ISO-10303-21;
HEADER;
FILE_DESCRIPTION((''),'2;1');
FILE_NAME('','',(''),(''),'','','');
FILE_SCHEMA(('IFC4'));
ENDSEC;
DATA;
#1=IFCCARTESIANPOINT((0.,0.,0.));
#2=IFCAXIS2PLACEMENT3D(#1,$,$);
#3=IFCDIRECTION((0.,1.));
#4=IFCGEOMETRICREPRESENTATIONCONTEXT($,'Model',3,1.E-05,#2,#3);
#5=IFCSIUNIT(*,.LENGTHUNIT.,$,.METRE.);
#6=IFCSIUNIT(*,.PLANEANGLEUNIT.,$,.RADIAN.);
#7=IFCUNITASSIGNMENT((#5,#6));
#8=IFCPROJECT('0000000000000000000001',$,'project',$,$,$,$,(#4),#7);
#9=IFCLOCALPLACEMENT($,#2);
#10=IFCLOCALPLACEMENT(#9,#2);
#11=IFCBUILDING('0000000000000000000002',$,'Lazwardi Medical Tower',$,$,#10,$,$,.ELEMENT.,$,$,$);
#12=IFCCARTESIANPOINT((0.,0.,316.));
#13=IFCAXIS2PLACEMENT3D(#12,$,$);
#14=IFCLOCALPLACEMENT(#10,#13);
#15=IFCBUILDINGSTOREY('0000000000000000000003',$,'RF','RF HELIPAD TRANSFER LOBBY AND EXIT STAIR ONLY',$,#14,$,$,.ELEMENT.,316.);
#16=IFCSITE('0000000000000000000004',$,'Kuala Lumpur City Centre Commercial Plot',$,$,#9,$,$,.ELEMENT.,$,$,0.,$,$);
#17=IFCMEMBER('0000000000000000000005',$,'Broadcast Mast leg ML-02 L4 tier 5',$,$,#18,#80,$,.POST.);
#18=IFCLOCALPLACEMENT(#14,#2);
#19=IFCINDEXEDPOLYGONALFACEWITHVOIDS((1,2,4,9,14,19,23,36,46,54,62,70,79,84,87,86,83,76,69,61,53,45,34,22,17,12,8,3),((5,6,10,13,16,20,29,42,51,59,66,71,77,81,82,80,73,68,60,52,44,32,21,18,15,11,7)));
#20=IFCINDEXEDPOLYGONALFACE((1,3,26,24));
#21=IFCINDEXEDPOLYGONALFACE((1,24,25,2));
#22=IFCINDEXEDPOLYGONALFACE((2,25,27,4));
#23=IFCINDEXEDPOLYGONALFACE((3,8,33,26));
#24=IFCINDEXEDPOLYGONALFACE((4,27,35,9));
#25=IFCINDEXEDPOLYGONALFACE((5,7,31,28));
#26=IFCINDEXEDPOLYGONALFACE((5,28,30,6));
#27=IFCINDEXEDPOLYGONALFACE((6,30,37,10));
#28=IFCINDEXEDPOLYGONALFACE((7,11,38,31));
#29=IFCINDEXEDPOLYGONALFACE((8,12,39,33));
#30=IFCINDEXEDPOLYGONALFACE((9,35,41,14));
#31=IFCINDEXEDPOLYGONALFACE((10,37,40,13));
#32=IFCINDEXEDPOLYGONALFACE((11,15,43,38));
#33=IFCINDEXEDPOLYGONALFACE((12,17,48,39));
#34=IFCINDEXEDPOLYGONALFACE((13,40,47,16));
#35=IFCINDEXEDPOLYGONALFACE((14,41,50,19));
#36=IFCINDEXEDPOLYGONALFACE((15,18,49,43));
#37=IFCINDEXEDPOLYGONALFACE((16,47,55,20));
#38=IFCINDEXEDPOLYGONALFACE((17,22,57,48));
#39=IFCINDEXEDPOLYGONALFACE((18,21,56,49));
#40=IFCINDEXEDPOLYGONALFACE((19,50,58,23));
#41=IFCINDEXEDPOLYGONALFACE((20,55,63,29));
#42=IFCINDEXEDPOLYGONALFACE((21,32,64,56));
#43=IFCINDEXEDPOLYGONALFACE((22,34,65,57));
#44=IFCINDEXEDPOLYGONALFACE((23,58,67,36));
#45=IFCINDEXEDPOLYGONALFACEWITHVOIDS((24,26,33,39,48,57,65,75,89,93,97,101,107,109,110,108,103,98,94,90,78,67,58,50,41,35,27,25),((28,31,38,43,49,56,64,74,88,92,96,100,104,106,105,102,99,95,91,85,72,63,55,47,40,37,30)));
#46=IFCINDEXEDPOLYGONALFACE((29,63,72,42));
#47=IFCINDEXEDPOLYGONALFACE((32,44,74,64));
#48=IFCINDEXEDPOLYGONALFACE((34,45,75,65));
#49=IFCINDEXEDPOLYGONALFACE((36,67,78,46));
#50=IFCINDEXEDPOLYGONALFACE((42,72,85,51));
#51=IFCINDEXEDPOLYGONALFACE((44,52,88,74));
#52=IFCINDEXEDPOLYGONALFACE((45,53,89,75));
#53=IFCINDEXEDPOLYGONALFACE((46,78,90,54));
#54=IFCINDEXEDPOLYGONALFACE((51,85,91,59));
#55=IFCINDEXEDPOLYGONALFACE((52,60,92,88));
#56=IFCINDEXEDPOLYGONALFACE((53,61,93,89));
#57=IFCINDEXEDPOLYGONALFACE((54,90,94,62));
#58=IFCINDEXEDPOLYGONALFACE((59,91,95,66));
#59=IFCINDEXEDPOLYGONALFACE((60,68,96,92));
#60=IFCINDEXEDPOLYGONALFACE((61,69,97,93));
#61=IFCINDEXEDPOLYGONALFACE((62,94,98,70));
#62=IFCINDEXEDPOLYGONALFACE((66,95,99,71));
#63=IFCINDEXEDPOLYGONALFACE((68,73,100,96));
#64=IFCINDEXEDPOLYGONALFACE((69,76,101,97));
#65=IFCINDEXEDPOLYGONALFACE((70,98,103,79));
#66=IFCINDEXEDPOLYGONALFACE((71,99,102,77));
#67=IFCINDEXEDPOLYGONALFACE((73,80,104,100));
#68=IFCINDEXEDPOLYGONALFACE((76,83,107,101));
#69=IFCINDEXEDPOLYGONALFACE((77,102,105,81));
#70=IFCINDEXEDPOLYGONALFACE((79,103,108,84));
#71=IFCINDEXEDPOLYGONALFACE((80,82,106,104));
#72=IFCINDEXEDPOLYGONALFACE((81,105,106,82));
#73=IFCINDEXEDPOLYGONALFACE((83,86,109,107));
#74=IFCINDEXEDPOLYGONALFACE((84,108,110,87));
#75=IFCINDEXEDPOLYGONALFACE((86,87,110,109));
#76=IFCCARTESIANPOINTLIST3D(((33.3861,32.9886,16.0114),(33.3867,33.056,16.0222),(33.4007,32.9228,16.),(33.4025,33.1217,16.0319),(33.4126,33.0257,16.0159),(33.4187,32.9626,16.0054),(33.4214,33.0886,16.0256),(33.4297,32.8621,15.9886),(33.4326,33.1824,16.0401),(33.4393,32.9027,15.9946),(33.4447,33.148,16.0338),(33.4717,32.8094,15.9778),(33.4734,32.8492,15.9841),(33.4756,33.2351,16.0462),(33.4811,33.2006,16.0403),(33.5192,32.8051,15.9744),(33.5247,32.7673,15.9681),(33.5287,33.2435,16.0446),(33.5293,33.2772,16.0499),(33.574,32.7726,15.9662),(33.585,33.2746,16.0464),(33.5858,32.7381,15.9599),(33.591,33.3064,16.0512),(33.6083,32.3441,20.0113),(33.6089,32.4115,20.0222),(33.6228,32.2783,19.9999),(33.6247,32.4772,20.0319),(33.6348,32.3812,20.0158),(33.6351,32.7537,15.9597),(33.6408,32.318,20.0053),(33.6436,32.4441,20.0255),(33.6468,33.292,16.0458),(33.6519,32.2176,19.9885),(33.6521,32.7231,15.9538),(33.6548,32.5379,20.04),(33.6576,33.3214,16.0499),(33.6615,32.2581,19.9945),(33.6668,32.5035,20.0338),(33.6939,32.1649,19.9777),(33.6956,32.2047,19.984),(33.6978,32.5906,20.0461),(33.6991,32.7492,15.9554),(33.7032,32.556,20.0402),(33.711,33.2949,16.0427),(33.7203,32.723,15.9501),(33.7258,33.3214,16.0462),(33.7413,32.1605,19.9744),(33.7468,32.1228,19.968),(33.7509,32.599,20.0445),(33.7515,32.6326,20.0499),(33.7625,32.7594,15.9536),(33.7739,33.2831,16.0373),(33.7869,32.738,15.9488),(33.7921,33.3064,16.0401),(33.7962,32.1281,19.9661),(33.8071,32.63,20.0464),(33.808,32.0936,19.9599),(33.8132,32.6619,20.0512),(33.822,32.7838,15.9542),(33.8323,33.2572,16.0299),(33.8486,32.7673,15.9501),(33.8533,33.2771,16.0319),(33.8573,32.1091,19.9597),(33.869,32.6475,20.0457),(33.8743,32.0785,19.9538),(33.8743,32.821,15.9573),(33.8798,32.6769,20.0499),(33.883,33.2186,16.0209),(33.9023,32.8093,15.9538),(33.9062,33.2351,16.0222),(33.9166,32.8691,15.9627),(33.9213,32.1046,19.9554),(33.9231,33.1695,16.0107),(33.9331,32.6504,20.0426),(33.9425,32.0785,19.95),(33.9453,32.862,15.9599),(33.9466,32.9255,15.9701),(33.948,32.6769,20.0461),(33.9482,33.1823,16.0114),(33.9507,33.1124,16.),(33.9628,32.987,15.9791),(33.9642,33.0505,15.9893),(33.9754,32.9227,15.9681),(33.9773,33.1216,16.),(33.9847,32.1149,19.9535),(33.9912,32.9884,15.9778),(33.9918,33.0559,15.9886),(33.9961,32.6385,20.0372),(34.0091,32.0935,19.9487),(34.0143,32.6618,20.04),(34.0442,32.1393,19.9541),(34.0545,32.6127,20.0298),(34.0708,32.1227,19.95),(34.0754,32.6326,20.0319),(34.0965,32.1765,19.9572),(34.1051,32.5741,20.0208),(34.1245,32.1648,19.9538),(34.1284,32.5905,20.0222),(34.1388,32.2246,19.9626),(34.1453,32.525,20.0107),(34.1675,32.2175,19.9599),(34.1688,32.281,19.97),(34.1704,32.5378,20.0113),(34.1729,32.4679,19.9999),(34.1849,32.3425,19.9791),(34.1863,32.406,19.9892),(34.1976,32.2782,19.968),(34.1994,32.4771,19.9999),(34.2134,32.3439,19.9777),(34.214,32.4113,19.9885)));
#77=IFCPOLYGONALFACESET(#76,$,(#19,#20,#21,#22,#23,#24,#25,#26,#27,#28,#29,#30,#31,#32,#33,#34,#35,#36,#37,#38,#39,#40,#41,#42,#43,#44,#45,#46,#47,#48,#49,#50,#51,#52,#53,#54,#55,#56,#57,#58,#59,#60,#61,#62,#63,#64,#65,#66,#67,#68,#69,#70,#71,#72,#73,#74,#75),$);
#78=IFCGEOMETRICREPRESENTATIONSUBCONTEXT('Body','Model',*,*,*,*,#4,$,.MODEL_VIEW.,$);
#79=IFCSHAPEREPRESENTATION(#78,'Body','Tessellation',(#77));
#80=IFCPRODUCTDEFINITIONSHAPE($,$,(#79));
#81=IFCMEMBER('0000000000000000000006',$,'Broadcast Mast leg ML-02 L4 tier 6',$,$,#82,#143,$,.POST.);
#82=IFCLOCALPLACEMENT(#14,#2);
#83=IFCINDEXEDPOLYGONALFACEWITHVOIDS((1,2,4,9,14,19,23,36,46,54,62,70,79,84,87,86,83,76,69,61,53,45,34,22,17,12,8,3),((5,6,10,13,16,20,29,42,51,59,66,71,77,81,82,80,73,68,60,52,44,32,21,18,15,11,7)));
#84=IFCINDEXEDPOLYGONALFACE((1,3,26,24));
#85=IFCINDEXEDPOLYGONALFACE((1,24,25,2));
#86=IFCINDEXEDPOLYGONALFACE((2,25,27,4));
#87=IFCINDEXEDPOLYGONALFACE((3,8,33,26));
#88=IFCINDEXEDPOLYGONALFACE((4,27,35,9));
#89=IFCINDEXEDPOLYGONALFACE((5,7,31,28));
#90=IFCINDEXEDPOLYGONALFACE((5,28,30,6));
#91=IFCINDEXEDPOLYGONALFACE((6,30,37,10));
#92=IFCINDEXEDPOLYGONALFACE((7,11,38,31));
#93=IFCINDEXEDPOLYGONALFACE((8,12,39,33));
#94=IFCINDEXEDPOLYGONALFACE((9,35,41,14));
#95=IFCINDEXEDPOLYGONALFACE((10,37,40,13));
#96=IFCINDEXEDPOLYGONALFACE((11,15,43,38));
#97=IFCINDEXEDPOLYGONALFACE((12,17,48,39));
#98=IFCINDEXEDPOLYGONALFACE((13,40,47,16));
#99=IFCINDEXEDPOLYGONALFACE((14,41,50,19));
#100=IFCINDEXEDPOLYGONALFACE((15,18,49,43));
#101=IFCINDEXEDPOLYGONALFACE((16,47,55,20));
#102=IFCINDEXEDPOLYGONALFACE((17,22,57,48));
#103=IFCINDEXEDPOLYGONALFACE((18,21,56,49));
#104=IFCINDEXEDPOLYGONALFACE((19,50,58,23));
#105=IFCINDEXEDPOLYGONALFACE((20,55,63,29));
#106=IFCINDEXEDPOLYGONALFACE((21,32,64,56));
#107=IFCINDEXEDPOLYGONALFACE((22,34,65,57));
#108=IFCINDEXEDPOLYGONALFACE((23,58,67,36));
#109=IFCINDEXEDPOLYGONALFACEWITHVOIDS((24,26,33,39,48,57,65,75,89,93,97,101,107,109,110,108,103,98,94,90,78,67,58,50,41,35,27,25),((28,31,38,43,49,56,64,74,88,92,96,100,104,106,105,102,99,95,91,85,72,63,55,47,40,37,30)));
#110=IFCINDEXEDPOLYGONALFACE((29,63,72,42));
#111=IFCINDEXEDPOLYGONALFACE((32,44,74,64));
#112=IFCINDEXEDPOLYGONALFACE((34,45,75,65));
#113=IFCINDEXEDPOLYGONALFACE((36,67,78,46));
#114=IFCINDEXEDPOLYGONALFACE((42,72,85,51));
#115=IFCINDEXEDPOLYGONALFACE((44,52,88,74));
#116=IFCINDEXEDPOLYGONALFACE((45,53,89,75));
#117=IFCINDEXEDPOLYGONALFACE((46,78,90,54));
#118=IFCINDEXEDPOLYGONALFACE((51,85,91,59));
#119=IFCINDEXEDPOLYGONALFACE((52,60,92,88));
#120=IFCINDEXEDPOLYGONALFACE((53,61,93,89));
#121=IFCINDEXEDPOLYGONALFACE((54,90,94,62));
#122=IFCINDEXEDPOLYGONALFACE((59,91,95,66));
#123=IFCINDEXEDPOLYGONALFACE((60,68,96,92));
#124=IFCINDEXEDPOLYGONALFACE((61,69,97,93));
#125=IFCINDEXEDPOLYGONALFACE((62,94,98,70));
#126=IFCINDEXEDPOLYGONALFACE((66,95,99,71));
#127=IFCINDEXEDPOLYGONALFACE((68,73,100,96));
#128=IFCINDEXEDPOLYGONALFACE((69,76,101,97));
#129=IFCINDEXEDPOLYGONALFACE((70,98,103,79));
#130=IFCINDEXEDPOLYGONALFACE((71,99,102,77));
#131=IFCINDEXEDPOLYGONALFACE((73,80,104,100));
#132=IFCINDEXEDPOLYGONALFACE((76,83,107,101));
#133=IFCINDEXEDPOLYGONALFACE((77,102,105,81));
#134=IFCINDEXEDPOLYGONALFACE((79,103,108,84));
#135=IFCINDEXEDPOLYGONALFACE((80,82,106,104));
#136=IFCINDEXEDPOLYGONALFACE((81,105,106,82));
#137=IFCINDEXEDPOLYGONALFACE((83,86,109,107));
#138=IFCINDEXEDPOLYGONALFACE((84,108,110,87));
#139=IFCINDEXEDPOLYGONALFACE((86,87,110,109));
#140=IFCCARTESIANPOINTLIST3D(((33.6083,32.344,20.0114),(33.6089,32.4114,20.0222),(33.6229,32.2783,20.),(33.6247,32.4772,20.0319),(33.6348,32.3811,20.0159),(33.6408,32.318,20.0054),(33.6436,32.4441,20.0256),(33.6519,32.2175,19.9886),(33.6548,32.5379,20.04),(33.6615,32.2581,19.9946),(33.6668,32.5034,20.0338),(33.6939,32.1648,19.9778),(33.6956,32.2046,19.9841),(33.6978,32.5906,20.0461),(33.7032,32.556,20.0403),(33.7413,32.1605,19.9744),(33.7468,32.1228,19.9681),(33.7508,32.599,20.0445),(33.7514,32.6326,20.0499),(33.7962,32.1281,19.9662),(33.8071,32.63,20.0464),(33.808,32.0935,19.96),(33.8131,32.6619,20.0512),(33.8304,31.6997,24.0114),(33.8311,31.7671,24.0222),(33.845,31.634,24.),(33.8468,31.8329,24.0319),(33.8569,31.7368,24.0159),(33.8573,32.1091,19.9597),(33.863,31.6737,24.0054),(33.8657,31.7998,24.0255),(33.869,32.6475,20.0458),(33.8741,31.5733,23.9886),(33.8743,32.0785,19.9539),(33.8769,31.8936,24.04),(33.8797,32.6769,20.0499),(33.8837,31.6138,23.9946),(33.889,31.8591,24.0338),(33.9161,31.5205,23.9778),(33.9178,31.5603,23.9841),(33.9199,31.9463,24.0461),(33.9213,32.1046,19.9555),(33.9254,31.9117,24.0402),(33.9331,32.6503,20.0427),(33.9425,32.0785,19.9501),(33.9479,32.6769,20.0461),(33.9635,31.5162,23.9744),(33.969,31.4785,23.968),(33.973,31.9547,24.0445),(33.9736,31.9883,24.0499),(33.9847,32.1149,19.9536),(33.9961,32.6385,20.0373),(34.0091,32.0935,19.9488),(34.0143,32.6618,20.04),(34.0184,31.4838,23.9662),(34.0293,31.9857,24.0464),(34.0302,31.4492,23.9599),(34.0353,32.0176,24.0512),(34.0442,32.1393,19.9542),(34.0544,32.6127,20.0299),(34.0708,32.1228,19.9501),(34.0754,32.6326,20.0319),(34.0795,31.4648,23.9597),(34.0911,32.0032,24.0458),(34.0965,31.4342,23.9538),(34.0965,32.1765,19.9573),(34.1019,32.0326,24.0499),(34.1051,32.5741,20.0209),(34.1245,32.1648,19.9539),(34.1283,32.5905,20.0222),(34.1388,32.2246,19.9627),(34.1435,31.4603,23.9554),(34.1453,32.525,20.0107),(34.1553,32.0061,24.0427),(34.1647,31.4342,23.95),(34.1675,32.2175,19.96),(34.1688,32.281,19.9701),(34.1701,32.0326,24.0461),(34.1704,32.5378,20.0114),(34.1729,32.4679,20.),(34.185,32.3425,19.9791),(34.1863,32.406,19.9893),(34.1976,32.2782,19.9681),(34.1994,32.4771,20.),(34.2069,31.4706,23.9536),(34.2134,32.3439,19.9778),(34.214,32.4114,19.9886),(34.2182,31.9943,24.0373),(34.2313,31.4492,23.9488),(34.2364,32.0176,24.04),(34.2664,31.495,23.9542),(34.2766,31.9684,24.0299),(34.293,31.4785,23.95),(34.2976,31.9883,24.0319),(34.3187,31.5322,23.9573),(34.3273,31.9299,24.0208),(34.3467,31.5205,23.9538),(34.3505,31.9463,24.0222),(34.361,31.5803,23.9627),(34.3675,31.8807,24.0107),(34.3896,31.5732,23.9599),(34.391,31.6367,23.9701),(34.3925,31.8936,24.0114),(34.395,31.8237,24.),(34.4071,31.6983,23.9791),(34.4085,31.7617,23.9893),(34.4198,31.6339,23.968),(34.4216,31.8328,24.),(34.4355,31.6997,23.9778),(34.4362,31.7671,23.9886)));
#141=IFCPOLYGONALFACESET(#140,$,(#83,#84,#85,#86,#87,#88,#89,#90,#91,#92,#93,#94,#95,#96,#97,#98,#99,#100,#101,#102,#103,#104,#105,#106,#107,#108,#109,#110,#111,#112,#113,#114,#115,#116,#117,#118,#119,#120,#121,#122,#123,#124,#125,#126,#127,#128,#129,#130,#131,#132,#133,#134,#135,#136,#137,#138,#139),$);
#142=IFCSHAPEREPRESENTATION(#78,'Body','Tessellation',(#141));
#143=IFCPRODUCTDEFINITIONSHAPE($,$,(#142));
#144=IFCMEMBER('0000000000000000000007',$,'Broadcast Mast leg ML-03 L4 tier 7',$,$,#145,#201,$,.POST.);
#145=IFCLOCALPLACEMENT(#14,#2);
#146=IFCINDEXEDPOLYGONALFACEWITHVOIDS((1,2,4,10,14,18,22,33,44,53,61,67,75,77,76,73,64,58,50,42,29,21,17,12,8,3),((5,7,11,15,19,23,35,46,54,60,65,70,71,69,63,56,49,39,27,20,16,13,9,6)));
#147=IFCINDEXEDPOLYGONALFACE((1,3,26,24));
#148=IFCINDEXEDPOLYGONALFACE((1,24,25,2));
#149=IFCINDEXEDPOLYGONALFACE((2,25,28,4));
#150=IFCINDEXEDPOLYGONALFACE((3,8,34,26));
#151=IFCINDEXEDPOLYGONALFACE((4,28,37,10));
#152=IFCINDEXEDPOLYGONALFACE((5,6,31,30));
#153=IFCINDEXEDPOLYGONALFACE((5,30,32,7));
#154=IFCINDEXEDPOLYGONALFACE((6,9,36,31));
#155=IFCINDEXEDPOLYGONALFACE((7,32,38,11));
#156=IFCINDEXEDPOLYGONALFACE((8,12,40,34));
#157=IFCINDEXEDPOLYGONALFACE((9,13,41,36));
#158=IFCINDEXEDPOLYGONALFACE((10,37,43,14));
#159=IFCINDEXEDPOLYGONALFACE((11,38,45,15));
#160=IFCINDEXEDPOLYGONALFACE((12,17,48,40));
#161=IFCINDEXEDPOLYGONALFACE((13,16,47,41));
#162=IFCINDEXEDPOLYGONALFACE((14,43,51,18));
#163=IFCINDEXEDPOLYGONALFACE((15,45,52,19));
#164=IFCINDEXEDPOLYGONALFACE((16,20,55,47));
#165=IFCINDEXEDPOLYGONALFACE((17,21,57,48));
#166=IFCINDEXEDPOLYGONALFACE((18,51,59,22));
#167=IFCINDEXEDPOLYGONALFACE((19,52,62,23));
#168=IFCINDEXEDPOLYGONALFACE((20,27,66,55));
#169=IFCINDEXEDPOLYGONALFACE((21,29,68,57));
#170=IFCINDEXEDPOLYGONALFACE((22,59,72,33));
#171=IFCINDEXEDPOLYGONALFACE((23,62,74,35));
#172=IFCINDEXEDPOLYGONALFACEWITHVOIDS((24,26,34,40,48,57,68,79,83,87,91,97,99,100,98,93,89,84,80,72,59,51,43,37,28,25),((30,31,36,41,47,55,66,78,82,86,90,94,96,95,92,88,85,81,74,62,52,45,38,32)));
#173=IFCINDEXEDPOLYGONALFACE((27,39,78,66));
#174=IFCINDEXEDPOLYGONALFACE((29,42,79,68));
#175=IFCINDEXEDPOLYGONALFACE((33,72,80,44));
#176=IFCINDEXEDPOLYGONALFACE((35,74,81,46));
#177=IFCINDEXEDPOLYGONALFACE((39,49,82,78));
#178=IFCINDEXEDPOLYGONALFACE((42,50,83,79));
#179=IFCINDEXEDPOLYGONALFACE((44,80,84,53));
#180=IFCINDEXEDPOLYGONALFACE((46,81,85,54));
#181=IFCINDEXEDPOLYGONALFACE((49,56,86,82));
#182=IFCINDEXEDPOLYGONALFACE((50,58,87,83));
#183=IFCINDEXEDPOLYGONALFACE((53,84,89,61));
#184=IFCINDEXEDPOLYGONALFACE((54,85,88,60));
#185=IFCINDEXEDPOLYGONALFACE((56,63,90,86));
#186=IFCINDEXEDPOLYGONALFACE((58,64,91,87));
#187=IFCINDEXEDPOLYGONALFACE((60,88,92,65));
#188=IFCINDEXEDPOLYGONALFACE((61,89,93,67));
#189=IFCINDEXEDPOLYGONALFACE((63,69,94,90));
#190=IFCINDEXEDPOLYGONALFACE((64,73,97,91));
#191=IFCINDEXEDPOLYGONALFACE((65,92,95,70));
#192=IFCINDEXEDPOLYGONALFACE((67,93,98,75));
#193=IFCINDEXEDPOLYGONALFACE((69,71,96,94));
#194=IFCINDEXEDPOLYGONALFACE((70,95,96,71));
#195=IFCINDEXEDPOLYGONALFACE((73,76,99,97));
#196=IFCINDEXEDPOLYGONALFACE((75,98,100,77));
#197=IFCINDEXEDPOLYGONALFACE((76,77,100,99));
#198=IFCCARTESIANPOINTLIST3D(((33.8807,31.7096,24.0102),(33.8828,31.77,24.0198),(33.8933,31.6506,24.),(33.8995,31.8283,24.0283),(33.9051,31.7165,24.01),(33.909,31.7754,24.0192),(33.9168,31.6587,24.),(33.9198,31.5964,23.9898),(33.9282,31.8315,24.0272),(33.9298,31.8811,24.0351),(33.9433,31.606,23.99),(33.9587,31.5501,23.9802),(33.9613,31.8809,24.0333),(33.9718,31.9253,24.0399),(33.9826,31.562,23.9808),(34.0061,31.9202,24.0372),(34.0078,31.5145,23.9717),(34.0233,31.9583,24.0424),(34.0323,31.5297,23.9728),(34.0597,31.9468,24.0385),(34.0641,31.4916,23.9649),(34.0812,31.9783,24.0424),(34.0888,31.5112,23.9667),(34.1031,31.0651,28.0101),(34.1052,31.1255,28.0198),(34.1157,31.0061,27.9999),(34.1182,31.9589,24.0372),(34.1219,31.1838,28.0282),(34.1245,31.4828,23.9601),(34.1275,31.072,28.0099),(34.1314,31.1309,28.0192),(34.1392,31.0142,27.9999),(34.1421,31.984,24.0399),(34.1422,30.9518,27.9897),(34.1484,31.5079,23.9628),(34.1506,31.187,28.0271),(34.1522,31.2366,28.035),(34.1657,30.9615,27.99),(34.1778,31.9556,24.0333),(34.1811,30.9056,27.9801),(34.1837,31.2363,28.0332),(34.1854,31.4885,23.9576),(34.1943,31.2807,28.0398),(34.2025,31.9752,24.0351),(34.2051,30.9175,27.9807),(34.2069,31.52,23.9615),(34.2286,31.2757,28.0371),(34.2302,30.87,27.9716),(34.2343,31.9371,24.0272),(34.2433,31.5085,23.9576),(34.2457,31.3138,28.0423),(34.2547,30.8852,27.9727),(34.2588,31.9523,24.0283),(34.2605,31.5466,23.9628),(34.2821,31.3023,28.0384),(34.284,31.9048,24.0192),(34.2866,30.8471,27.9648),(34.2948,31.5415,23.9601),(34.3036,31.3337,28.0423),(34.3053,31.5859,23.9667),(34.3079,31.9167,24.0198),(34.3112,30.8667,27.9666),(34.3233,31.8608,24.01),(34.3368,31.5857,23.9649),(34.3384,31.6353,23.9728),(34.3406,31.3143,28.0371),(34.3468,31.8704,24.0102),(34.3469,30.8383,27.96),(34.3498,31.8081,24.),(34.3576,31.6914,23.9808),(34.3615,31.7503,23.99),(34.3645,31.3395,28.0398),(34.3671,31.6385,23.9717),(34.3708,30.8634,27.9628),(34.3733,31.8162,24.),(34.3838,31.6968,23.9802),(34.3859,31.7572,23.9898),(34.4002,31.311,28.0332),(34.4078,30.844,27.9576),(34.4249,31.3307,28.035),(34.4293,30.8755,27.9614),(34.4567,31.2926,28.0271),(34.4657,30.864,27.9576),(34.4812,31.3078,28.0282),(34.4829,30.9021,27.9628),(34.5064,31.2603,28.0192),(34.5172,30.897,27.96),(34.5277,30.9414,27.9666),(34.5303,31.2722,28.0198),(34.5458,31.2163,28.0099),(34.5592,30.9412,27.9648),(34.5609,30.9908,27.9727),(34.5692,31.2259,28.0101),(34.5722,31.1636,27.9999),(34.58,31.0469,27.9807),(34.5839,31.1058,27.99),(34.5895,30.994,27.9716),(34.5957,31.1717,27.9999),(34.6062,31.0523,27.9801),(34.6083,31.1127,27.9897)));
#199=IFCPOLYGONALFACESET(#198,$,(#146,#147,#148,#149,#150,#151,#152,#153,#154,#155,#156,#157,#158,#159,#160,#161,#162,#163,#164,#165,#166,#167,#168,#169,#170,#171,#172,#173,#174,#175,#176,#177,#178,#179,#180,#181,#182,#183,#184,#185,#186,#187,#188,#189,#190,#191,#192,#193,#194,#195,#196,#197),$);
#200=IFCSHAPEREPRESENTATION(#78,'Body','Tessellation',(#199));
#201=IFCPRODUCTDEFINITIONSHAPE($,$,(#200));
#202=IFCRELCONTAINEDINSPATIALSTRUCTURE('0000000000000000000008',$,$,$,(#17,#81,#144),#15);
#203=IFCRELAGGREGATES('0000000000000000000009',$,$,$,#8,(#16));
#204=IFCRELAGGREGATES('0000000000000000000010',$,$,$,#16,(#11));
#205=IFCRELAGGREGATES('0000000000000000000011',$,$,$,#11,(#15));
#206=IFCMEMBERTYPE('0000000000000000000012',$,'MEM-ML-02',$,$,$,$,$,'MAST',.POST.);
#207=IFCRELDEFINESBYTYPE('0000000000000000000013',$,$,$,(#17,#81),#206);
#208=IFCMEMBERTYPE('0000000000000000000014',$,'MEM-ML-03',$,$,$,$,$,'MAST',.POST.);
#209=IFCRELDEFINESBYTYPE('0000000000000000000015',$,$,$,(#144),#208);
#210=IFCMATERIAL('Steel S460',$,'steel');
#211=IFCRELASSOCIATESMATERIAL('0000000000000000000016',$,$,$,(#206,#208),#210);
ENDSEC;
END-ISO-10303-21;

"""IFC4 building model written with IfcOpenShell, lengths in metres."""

from ifc_helpers import new_model, si_unit, direction, frame, origin, origin_2d, place, context, subcontext, project, spatial, hollow_circle, extrude, material, material_profile, profile_set, type_object, element, save


model = new_model("IFC4")

# Units and contexts
model_context = context("Model", 3, precision=1e-05, world=origin(), true_north=direction((0.0, 1.0)))
body_context = subcontext(model_context, "Body", "Model", "MODEL_VIEW")
ifc_project = project(units=[si_unit("LENGTHUNIT", "METRE"), si_unit("PLANEANGLEUNIT", "RADIAN")], contexts=[model_context])

# Site, building, storey
site_placement = place(None, origin())
site = spatial("IfcSite", under=ifc_project, at=site_placement, Name="Kuala Lumpur City Centre Commercial Plot", CompositionType="ELEMENT", RefElevation=0.0)
building_placement = place(site_placement, origin())
building = spatial("IfcBuilding", under=site, at=building_placement, Name="Lazwardi Medical Tower", CompositionType="ELEMENT")
storey_placement = place(building_placement, frame((0.0, 0.0, 316.0)))
storey = spatial("IfcBuildingStorey", under=building, at=storey_placement, Name="RF", Description="RF HELIPAD TRANSFER LOBBY AND EXIT STAIR ONLY", CompositionType="ELEMENT", Elevation=316.0)

# Members
ifc_material = material(Name="Steel S460", Category="steel")
ifc_material_profile_1 = material_profile(ifc_material, hollow_circle(Radius=0.3049, WallThickness=0.0281, at=origin_2d()), Name="CHS 610x28")
ifc_profile_set_1 = profile_set([ifc_material_profile_1], Name="Steel S460")
member_type_1 = type_object("IfcMemberType", Name="MEM-ML-02", ElementType="MAST", PredefinedType="POST", material=ifc_profile_set_1)
for number, where, z_axis, x_axis, name in (
    (1, (33.689, 33.0222, 16.0), (0.054752, -0.158842, 0.985785), (0.945411, 0.32588, 0.0), "Broadcast Mast leg ML-02 L4 tier 5"),
    (2, (33.9111, 32.3777, 20.0), (0.054753, -0.158784, 0.985794), (0.945373, 0.325991, 0.0), "Broadcast Mast leg ML-02 L4 tier 6"),
):
    element("IfcMember", number, at=place(storey_placement, frame(where, z_axis=z_axis, x_axis=x_axis)), inside=storey, type_object=member_type_1, Name=name, PredefinedType="POST", context=body_context, shape_type="SweptSolid", body=[
        extrude(hollow_circle(Radius=0.3049, WallThickness=0.0281, at=origin_2d()), origin(), (0.0, 0.0, 1.0), 4.0576),
    ])
ifc_material_profile_2 = material_profile(ifc_material, hollow_circle(Radius=0.2539, WallThickness=0.0249, at=origin_2d()), Name="CHS 508x25")
ifc_profile_set_2 = profile_set([ifc_material_profile_2], Name="Steel S460")
member_type_2 = type_object("IfcMemberType", Name="MEM-ML-03", ElementType="MAST", PredefinedType="POST", material=ifc_profile_set_2)
for number, where, z_axis, x_axis, name in (
    (3, (34.1333, 31.7334, 24.0), (0.054812, -0.158842, 0.985781), (0.945301, 0.3262, 0.0), "Broadcast Mast leg ML-03 L4 tier 7"),
):
    element("IfcMember", number, at=place(storey_placement, frame(where, z_axis=z_axis, x_axis=x_axis)), inside=storey, type_object=member_type_2, Name=name, PredefinedType="POST", context=body_context, shape_type="SweptSolid", body=[
        extrude(hollow_circle(Radius=0.2539, WallThickness=0.0249, at=origin_2d()), origin(), (0.0, 0.0, 1.0), 4.0576),
    ])

save(model, "model.ifc")
